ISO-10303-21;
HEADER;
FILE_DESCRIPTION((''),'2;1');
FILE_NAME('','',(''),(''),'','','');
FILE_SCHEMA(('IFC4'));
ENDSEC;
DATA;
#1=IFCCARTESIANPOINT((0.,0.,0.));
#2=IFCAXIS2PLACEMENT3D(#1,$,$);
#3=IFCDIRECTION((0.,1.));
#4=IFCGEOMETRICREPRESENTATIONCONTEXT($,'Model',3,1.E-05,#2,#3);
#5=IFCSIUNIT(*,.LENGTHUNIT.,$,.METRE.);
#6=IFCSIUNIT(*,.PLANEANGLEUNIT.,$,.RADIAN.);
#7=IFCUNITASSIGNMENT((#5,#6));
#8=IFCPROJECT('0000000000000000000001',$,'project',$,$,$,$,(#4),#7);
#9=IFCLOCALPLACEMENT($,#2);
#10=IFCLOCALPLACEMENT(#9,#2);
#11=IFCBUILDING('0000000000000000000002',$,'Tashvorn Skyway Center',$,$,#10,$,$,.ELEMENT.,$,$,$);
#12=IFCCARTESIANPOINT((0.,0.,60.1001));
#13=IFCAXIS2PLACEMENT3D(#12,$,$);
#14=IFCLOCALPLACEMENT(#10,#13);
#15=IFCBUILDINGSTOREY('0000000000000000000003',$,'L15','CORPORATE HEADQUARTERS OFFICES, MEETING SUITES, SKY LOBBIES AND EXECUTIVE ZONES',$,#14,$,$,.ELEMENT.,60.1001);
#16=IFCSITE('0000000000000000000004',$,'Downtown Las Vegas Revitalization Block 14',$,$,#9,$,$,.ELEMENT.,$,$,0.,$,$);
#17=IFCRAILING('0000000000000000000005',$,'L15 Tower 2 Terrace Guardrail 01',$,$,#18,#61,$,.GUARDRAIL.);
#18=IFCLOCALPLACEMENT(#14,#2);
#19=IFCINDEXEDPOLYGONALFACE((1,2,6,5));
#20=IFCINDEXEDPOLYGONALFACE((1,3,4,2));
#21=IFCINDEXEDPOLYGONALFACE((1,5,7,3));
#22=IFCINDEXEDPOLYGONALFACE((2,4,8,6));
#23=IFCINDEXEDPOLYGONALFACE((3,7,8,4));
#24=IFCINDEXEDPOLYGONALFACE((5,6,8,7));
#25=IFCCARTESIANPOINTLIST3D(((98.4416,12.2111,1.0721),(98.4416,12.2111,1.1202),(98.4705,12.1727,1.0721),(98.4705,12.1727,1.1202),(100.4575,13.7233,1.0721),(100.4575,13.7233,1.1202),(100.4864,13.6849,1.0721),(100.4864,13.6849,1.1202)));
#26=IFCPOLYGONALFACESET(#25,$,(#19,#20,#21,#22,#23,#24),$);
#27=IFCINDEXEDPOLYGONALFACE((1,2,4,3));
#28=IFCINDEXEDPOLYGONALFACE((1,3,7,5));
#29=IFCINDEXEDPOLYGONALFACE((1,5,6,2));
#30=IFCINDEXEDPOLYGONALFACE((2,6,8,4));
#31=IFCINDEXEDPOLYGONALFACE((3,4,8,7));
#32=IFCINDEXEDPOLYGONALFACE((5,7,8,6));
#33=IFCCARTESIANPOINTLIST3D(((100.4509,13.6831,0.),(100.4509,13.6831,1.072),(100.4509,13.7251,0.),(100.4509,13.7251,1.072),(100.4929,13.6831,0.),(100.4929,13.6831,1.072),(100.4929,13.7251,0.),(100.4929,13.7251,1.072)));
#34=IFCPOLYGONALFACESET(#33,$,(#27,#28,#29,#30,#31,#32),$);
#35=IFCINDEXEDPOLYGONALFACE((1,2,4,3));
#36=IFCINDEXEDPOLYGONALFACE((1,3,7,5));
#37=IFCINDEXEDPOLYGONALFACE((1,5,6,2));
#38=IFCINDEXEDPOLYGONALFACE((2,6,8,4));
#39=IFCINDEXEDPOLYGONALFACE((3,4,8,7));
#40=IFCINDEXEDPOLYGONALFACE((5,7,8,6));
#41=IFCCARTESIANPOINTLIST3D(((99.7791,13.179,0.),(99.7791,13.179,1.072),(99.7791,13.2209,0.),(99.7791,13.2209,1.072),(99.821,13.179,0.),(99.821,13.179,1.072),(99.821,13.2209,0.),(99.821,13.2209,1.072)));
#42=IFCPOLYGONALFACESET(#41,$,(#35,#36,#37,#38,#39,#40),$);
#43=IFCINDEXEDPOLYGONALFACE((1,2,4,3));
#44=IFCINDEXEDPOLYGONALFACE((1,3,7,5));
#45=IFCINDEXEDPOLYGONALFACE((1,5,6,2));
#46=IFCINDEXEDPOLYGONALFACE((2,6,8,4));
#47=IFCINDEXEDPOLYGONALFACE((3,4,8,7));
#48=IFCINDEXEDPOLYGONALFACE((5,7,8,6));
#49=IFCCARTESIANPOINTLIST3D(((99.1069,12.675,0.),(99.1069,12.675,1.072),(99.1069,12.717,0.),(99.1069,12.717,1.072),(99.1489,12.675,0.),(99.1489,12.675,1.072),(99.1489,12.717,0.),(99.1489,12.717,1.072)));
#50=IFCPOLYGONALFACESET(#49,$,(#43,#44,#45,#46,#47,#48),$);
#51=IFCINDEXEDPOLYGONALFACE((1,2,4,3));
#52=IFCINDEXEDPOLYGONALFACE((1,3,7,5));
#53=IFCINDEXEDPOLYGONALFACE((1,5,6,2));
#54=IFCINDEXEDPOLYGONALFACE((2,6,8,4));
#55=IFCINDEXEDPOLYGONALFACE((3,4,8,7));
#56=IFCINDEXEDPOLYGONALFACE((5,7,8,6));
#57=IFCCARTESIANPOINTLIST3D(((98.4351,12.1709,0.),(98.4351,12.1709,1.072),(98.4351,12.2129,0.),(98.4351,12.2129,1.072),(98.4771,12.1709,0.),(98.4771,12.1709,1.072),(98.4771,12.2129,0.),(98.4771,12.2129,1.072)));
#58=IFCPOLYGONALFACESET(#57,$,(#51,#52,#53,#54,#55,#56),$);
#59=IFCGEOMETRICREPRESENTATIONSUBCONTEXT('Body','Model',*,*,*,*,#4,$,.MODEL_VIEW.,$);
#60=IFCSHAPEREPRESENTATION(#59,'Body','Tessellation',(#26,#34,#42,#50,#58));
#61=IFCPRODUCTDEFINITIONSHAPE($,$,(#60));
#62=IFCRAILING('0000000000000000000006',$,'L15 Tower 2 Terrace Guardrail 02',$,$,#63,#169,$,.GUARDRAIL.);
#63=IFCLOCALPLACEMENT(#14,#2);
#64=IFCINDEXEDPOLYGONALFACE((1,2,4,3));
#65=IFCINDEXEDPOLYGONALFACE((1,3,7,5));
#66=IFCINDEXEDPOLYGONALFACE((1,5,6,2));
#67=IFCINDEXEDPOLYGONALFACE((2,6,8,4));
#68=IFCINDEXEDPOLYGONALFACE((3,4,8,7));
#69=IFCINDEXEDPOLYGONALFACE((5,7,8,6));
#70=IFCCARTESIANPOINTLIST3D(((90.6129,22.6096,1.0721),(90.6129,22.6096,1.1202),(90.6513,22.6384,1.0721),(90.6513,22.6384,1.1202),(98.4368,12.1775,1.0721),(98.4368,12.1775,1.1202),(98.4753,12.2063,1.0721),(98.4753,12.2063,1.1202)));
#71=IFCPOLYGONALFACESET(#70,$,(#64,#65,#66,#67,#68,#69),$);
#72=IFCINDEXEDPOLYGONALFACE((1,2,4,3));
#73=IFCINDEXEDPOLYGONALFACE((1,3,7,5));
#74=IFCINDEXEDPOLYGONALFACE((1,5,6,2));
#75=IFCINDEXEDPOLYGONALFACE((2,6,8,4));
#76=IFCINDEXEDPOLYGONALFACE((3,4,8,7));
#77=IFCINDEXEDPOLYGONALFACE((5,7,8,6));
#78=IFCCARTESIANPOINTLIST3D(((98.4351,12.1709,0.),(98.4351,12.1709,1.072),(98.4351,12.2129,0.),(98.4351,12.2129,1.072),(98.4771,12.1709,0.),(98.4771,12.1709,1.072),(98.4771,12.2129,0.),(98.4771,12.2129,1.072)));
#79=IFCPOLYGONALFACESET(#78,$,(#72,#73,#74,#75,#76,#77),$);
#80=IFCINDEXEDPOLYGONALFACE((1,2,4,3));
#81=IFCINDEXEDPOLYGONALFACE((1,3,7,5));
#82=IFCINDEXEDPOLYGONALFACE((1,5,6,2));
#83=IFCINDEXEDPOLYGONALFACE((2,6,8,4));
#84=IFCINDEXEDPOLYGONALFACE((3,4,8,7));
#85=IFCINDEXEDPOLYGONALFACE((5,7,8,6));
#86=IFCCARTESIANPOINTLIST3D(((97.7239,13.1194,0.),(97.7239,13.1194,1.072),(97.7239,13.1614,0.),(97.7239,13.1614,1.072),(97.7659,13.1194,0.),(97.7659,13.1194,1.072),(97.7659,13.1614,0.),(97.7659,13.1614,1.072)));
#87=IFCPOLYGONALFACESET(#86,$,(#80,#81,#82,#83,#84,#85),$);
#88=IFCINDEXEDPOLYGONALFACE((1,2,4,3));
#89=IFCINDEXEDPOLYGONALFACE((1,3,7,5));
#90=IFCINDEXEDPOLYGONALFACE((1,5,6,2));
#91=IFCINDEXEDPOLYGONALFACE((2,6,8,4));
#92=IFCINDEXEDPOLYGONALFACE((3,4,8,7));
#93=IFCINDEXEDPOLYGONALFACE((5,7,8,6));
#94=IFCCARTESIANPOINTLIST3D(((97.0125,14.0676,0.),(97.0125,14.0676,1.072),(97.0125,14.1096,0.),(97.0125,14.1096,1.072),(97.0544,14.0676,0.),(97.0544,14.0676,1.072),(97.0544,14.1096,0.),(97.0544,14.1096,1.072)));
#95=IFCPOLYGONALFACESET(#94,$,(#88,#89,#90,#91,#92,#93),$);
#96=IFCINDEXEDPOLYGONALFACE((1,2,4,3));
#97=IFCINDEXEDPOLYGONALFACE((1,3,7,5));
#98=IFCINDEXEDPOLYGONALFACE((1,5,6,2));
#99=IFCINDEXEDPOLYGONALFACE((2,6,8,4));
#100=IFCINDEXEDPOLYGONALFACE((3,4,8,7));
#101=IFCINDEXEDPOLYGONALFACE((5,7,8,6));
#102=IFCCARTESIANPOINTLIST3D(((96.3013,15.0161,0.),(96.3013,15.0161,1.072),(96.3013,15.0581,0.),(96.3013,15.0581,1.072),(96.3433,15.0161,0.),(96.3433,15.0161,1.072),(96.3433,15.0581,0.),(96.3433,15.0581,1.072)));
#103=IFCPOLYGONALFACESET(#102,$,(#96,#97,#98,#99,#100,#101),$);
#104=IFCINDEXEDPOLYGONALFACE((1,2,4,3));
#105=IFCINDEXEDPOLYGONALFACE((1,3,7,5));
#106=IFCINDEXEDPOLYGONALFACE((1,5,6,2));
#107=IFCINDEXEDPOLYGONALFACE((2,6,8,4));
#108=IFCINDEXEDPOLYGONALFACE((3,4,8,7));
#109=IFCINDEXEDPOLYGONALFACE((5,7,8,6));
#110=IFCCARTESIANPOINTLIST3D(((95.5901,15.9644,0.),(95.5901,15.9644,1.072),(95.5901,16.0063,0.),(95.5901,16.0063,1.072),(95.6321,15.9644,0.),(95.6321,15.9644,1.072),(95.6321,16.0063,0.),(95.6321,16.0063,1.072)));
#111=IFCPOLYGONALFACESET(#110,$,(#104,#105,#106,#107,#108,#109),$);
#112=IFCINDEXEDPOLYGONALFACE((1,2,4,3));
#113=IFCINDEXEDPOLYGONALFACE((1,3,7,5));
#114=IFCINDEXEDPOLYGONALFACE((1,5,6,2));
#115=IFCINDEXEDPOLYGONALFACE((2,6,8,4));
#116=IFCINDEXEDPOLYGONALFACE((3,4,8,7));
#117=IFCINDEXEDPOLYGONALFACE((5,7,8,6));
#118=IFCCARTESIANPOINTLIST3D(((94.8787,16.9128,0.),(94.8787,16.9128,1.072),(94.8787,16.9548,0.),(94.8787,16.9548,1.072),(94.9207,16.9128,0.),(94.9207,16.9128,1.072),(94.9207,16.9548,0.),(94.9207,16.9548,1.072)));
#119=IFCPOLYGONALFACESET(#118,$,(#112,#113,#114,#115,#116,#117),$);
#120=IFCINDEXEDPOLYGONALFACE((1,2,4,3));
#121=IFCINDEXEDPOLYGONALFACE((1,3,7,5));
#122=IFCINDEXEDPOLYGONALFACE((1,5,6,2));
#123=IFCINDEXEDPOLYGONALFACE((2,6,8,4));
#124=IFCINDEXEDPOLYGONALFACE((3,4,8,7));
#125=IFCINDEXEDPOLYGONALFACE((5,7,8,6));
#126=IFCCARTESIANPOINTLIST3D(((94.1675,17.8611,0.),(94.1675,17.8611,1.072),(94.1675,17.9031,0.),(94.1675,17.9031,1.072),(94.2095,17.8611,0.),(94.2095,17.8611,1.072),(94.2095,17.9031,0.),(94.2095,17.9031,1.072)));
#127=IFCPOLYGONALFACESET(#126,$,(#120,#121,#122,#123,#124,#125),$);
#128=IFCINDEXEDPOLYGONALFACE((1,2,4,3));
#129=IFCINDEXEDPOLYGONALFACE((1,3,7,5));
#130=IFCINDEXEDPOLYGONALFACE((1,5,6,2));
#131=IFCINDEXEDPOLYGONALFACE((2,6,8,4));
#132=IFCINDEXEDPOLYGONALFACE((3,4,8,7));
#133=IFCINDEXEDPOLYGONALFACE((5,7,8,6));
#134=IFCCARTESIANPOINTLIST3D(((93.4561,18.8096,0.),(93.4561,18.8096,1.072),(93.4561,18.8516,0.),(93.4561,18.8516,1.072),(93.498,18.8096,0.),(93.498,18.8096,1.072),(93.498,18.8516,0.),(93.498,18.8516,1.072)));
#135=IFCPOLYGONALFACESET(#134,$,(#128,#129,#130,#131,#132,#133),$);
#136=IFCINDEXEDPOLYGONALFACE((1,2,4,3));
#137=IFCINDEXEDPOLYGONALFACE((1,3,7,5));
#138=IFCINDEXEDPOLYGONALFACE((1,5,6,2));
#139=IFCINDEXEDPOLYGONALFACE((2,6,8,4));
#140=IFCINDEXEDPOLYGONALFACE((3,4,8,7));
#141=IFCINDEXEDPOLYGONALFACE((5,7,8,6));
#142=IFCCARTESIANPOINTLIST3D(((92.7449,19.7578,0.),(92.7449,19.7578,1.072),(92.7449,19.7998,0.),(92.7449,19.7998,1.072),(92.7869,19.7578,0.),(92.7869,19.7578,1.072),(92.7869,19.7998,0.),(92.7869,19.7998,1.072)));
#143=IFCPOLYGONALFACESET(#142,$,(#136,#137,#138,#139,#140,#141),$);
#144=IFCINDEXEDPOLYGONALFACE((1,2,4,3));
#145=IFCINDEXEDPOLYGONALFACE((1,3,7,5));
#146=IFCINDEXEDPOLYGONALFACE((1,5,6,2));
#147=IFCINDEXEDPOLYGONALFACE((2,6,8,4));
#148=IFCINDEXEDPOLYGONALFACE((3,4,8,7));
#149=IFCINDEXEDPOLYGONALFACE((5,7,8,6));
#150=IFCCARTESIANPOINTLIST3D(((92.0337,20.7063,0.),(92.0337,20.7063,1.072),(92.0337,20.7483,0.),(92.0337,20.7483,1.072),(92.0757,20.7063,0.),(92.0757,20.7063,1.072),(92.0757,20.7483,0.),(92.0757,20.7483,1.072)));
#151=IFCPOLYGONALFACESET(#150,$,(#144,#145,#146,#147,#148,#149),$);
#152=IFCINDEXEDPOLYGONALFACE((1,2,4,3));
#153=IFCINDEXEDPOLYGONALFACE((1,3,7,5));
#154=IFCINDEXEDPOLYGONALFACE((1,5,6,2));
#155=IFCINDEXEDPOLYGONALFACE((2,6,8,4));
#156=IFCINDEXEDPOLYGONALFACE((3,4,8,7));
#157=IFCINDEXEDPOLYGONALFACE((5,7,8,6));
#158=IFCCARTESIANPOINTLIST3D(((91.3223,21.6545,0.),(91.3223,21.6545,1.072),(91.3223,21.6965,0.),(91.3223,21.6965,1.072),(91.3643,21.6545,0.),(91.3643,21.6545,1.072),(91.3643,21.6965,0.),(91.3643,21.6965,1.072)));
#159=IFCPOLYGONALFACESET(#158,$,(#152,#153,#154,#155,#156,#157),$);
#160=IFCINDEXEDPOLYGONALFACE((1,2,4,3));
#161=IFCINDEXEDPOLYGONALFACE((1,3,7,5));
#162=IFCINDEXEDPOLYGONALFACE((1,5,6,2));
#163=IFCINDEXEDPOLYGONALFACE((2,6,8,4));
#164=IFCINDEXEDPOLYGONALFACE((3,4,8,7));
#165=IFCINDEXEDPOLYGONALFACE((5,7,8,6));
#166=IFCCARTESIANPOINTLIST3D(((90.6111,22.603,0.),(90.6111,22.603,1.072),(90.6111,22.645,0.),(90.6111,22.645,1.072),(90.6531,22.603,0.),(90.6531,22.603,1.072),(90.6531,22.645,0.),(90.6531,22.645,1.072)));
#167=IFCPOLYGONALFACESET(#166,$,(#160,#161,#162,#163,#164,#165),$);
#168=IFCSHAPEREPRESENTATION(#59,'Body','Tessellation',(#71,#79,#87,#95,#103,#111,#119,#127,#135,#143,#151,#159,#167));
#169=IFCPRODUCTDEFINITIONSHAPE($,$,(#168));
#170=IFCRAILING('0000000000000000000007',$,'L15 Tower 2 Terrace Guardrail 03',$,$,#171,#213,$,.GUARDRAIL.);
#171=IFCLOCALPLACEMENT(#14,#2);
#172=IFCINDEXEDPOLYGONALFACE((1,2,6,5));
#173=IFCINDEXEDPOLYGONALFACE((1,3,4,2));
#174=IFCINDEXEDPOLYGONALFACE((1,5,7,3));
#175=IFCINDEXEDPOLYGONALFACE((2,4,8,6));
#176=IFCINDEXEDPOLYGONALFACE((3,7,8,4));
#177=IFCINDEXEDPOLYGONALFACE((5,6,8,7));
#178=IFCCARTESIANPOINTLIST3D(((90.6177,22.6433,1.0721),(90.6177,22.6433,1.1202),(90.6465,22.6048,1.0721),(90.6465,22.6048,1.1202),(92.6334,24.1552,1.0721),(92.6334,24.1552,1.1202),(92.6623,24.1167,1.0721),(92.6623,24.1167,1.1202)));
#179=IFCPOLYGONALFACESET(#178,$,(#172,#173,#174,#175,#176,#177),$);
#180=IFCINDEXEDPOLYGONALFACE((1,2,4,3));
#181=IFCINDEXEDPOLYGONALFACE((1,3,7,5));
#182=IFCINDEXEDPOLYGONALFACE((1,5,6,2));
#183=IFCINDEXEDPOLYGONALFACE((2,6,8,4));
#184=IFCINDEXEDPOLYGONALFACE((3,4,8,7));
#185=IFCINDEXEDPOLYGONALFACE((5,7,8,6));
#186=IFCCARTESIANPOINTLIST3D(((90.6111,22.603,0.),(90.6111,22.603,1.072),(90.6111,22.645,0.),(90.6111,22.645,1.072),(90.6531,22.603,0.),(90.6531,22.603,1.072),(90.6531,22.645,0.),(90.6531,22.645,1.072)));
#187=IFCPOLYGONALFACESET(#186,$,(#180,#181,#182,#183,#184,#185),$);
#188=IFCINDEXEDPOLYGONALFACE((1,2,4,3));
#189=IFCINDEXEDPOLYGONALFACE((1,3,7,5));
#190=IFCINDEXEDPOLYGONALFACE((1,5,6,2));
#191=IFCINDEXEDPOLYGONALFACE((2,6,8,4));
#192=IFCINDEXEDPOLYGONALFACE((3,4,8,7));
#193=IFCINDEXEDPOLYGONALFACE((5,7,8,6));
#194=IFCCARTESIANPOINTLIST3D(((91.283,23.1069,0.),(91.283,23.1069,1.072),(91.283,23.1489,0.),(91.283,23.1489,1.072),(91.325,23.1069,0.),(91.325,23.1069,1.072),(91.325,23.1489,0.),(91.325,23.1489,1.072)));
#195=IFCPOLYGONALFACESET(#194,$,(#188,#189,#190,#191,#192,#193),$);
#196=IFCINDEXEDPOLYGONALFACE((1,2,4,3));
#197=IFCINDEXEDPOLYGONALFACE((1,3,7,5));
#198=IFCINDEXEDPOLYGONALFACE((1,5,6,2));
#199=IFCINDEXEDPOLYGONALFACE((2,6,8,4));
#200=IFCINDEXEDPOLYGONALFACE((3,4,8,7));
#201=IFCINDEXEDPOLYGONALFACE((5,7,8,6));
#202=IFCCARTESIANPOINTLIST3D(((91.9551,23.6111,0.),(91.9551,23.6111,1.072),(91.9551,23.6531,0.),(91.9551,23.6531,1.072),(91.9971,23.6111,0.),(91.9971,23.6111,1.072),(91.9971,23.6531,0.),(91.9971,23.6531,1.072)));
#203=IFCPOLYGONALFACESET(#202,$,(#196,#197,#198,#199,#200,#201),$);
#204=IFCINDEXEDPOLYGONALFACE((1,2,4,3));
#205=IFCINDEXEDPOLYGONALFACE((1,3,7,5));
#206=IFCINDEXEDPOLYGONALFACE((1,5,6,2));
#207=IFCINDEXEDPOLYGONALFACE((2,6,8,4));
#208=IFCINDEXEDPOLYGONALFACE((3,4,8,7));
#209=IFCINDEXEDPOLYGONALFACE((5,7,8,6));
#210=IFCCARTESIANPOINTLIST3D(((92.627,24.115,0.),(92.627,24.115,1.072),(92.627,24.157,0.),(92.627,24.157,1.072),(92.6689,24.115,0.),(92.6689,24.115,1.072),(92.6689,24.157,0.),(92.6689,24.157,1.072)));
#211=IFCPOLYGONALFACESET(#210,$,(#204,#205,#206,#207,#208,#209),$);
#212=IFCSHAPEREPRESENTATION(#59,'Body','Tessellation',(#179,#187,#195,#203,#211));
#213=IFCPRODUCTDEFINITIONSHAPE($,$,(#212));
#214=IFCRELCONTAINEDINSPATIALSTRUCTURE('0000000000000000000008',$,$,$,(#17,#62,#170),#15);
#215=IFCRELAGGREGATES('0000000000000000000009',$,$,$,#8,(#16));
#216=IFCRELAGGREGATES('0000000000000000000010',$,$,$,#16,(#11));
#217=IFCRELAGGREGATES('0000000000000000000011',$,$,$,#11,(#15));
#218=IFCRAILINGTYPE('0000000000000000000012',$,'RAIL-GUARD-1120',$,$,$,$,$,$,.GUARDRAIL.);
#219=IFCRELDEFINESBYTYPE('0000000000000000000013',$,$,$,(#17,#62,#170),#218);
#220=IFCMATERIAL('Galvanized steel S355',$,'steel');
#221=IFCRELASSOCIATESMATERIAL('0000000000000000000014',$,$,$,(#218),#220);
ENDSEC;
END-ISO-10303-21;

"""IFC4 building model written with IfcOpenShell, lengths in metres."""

from ifc_helpers import new_model, si_unit, direction, frame, origin, origin_2d, place, context, subcontext, project, spatial, rectangle, extrude, material, type_object, element, save


model = new_model("IFC4")

# Units and contexts
model_context = context("Model", 3, precision=1e-05, world=origin(), true_north=direction((0.0, 1.0)))
body_context = subcontext(model_context, "Body", "Model", "MODEL_VIEW")
ifc_project = project(units=[si_unit("LENGTHUNIT", "METRE"), si_unit("PLANEANGLEUNIT", "RADIAN")], contexts=[model_context])

# Site, building, storey
site_placement = place(None, origin())
site = spatial("IfcSite", under=ifc_project, at=site_placement, Name="Downtown Las Vegas Revitalization Block 14", CompositionType="ELEMENT", RefElevation=0.0)
building_placement = place(site_placement, origin())
building = spatial("IfcBuilding", under=site, at=building_placement, Name="Tashvorn Skyway Center", CompositionType="ELEMENT")
storey_placement = place(building_placement, frame((0.0, 0.0, 60.1001)))
storey = spatial("IfcBuildingStorey", under=building, at=storey_placement, Name="L15", Description="CORPORATE HEADQUARTERS OFFICES, MEETING SUITES, SKY LOBBIES AND EXECUTIVE ZONES", CompositionType="ELEMENT", Elevation=60.1001)

# Railings
ifc_material_1 = material(Name="Galvanized steel S355", Category="steel")
railing_type = type_object("IfcRailingType", Name="RAIL-GUARD-1120", PredefinedType="GUARDRAIL", material=ifc_material_1)
railing_1_placement = place(storey_placement, frame((100.4719, 13.7041, 0.0)))
element("IfcRailing", 1, at=railing_1_placement, inside=storey, type_object=railing_type, Name="L15 Tower 2 Terrace Guardrail 01", PredefinedType="GUARDRAIL", context=body_context, shape_type="SweptSolid", body=[
    extrude(rectangle(XDim=0.0481, YDim=0.0481, at=origin_2d()), frame((0.0, 0.0, 1.0962), z_axis=(-0.799942, -0.600078, 0.0), x_axis=(0.600078, -0.799942, 0.0)), (0.0, 0.0, 1.0), 2.52),
    extrude(rectangle(XDim=0.042, YDim=0.042, at=origin_2d()), origin(), (0.0, 0.0, 1.0), 1.072),
    extrude(rectangle(XDim=0.042, YDim=0.042, at=origin_2d()), frame((-0.6719, -0.5042, 0.0)), (0.0, 0.0, 1.0), 1.072),
    extrude(rectangle(XDim=0.042, YDim=0.042, at=origin_2d()), frame((-1.344, -1.0081, 0.0)), (0.0, 0.0, 1.0), 1.072),
    extrude(rectangle(XDim=0.042, YDim=0.042, at=origin_2d()), frame((-2.0159, -1.5122, 0.0)), (0.0, 0.0, 1.0), 1.072),
])
railing_2_placement = place(storey_placement, frame((98.4561, 12.1919, 0.0)))
element("IfcRailing", 2, at=railing_2_placement, inside=storey, type_object=railing_type, Name="L15 Tower 2 Terrace Guardrail 02", PredefinedType="GUARDRAIL", context=body_context, shape_type="SweptSolid", body=[
    extrude(rectangle(XDim=0.0481, YDim=0.0481, at=origin_2d()), frame((0.0, 0.0, 1.0962), z_axis=(-0.599994, 0.800004, 0.0), x_axis=(-0.800004, -0.599994, 0.0)), (0.0, 0.0, 1.0), 13.04),
    extrude(rectangle(XDim=0.042, YDim=0.042, at=origin_2d()), origin(), (0.0, 0.0, 1.0), 1.072),
    extrude(rectangle(XDim=0.042, YDim=0.042, at=origin_2d()), frame((-0.7112, 0.9485, 0.0)), (0.0, 0.0, 1.0), 1.072),
    extrude(rectangle(XDim=0.042, YDim=0.042, at=origin_2d()), frame((-1.4226, 1.8967, 0.0)), (0.0, 0.0, 1.0), 1.072),
    extrude(rectangle(XDim=0.042, YDim=0.042, at=origin_2d()), frame((-2.1338, 2.8452, 0.0)), (0.0, 0.0, 1.0), 1.072),
    extrude(rectangle(XDim=0.042, YDim=0.042, at=origin_2d()), frame((-2.845, 3.7935, 0.0)), (0.0, 0.0, 1.0), 1.072),
    extrude(rectangle(XDim=0.042, YDim=0.042, at=origin_2d()), frame((-3.5564, 4.7419, 0.0)), (0.0, 0.0, 1.0), 1.072),
    extrude(rectangle(XDim=0.042, YDim=0.042, at=origin_2d()), frame((-4.2676, 5.6902, 0.0)), (0.0, 0.0, 1.0), 1.072),
    extrude(rectangle(XDim=0.042, YDim=0.042, at=origin_2d()), frame((-4.979, 6.6387, 0.0)), (0.0, 0.0, 1.0), 1.072),
    extrude(rectangle(XDim=0.042, YDim=0.042, at=origin_2d()), frame((-5.6902, 7.5869, 0.0)), (0.0, 0.0, 1.0), 1.072),
    extrude(rectangle(XDim=0.042, YDim=0.042, at=origin_2d()), frame((-6.4014, 8.5354, 0.0)), (0.0, 0.0, 1.0), 1.072),
    extrude(rectangle(XDim=0.042, YDim=0.042, at=origin_2d()), frame((-7.1128, 9.4836, 0.0)), (0.0, 0.0, 1.0), 1.072),
    extrude(rectangle(XDim=0.042, YDim=0.042, at=origin_2d()), frame((-7.824, 10.4321, 0.0)), (0.0, 0.0, 1.0), 1.072),
])
railing_3_placement = place(storey_placement, frame((90.6321, 22.624, 0.0)))
element("IfcRailing", 3, at=railing_3_placement, inside=storey, type_object=railing_type, Name="L15 Tower 2 Terrace Guardrail 03", PredefinedType="GUARDRAIL", context=body_context, shape_type="SweptSolid", body=[
    extrude(rectangle(XDim=0.0481, YDim=0.0481, at=origin_2d()), frame((0.0, 0.0, 1.0962), z_axis=(0.799988, 0.600016, 0.0), x_axis=(-0.600016, 0.799988, 0.0)), (0.0, 0.0, 1.0), 2.5198),
    extrude(rectangle(XDim=0.042, YDim=0.042, at=origin_2d()), origin(), (0.0, 0.0, 1.0), 1.072),
    extrude(rectangle(XDim=0.042, YDim=0.042, at=origin_2d()), frame((0.6719, 0.5039, 0.0)), (0.0, 0.0, 1.0), 1.072),
    extrude(rectangle(XDim=0.042, YDim=0.042, at=origin_2d()), frame((1.344, 1.0081, 0.0)), (0.0, 0.0, 1.0), 1.072),
    extrude(rectangle(XDim=0.042, YDim=0.042, at=origin_2d()), frame((2.0159, 1.512, 0.0)), (0.0, 0.0, 1.0), 1.072),
])

save(model, "model.ifc")
